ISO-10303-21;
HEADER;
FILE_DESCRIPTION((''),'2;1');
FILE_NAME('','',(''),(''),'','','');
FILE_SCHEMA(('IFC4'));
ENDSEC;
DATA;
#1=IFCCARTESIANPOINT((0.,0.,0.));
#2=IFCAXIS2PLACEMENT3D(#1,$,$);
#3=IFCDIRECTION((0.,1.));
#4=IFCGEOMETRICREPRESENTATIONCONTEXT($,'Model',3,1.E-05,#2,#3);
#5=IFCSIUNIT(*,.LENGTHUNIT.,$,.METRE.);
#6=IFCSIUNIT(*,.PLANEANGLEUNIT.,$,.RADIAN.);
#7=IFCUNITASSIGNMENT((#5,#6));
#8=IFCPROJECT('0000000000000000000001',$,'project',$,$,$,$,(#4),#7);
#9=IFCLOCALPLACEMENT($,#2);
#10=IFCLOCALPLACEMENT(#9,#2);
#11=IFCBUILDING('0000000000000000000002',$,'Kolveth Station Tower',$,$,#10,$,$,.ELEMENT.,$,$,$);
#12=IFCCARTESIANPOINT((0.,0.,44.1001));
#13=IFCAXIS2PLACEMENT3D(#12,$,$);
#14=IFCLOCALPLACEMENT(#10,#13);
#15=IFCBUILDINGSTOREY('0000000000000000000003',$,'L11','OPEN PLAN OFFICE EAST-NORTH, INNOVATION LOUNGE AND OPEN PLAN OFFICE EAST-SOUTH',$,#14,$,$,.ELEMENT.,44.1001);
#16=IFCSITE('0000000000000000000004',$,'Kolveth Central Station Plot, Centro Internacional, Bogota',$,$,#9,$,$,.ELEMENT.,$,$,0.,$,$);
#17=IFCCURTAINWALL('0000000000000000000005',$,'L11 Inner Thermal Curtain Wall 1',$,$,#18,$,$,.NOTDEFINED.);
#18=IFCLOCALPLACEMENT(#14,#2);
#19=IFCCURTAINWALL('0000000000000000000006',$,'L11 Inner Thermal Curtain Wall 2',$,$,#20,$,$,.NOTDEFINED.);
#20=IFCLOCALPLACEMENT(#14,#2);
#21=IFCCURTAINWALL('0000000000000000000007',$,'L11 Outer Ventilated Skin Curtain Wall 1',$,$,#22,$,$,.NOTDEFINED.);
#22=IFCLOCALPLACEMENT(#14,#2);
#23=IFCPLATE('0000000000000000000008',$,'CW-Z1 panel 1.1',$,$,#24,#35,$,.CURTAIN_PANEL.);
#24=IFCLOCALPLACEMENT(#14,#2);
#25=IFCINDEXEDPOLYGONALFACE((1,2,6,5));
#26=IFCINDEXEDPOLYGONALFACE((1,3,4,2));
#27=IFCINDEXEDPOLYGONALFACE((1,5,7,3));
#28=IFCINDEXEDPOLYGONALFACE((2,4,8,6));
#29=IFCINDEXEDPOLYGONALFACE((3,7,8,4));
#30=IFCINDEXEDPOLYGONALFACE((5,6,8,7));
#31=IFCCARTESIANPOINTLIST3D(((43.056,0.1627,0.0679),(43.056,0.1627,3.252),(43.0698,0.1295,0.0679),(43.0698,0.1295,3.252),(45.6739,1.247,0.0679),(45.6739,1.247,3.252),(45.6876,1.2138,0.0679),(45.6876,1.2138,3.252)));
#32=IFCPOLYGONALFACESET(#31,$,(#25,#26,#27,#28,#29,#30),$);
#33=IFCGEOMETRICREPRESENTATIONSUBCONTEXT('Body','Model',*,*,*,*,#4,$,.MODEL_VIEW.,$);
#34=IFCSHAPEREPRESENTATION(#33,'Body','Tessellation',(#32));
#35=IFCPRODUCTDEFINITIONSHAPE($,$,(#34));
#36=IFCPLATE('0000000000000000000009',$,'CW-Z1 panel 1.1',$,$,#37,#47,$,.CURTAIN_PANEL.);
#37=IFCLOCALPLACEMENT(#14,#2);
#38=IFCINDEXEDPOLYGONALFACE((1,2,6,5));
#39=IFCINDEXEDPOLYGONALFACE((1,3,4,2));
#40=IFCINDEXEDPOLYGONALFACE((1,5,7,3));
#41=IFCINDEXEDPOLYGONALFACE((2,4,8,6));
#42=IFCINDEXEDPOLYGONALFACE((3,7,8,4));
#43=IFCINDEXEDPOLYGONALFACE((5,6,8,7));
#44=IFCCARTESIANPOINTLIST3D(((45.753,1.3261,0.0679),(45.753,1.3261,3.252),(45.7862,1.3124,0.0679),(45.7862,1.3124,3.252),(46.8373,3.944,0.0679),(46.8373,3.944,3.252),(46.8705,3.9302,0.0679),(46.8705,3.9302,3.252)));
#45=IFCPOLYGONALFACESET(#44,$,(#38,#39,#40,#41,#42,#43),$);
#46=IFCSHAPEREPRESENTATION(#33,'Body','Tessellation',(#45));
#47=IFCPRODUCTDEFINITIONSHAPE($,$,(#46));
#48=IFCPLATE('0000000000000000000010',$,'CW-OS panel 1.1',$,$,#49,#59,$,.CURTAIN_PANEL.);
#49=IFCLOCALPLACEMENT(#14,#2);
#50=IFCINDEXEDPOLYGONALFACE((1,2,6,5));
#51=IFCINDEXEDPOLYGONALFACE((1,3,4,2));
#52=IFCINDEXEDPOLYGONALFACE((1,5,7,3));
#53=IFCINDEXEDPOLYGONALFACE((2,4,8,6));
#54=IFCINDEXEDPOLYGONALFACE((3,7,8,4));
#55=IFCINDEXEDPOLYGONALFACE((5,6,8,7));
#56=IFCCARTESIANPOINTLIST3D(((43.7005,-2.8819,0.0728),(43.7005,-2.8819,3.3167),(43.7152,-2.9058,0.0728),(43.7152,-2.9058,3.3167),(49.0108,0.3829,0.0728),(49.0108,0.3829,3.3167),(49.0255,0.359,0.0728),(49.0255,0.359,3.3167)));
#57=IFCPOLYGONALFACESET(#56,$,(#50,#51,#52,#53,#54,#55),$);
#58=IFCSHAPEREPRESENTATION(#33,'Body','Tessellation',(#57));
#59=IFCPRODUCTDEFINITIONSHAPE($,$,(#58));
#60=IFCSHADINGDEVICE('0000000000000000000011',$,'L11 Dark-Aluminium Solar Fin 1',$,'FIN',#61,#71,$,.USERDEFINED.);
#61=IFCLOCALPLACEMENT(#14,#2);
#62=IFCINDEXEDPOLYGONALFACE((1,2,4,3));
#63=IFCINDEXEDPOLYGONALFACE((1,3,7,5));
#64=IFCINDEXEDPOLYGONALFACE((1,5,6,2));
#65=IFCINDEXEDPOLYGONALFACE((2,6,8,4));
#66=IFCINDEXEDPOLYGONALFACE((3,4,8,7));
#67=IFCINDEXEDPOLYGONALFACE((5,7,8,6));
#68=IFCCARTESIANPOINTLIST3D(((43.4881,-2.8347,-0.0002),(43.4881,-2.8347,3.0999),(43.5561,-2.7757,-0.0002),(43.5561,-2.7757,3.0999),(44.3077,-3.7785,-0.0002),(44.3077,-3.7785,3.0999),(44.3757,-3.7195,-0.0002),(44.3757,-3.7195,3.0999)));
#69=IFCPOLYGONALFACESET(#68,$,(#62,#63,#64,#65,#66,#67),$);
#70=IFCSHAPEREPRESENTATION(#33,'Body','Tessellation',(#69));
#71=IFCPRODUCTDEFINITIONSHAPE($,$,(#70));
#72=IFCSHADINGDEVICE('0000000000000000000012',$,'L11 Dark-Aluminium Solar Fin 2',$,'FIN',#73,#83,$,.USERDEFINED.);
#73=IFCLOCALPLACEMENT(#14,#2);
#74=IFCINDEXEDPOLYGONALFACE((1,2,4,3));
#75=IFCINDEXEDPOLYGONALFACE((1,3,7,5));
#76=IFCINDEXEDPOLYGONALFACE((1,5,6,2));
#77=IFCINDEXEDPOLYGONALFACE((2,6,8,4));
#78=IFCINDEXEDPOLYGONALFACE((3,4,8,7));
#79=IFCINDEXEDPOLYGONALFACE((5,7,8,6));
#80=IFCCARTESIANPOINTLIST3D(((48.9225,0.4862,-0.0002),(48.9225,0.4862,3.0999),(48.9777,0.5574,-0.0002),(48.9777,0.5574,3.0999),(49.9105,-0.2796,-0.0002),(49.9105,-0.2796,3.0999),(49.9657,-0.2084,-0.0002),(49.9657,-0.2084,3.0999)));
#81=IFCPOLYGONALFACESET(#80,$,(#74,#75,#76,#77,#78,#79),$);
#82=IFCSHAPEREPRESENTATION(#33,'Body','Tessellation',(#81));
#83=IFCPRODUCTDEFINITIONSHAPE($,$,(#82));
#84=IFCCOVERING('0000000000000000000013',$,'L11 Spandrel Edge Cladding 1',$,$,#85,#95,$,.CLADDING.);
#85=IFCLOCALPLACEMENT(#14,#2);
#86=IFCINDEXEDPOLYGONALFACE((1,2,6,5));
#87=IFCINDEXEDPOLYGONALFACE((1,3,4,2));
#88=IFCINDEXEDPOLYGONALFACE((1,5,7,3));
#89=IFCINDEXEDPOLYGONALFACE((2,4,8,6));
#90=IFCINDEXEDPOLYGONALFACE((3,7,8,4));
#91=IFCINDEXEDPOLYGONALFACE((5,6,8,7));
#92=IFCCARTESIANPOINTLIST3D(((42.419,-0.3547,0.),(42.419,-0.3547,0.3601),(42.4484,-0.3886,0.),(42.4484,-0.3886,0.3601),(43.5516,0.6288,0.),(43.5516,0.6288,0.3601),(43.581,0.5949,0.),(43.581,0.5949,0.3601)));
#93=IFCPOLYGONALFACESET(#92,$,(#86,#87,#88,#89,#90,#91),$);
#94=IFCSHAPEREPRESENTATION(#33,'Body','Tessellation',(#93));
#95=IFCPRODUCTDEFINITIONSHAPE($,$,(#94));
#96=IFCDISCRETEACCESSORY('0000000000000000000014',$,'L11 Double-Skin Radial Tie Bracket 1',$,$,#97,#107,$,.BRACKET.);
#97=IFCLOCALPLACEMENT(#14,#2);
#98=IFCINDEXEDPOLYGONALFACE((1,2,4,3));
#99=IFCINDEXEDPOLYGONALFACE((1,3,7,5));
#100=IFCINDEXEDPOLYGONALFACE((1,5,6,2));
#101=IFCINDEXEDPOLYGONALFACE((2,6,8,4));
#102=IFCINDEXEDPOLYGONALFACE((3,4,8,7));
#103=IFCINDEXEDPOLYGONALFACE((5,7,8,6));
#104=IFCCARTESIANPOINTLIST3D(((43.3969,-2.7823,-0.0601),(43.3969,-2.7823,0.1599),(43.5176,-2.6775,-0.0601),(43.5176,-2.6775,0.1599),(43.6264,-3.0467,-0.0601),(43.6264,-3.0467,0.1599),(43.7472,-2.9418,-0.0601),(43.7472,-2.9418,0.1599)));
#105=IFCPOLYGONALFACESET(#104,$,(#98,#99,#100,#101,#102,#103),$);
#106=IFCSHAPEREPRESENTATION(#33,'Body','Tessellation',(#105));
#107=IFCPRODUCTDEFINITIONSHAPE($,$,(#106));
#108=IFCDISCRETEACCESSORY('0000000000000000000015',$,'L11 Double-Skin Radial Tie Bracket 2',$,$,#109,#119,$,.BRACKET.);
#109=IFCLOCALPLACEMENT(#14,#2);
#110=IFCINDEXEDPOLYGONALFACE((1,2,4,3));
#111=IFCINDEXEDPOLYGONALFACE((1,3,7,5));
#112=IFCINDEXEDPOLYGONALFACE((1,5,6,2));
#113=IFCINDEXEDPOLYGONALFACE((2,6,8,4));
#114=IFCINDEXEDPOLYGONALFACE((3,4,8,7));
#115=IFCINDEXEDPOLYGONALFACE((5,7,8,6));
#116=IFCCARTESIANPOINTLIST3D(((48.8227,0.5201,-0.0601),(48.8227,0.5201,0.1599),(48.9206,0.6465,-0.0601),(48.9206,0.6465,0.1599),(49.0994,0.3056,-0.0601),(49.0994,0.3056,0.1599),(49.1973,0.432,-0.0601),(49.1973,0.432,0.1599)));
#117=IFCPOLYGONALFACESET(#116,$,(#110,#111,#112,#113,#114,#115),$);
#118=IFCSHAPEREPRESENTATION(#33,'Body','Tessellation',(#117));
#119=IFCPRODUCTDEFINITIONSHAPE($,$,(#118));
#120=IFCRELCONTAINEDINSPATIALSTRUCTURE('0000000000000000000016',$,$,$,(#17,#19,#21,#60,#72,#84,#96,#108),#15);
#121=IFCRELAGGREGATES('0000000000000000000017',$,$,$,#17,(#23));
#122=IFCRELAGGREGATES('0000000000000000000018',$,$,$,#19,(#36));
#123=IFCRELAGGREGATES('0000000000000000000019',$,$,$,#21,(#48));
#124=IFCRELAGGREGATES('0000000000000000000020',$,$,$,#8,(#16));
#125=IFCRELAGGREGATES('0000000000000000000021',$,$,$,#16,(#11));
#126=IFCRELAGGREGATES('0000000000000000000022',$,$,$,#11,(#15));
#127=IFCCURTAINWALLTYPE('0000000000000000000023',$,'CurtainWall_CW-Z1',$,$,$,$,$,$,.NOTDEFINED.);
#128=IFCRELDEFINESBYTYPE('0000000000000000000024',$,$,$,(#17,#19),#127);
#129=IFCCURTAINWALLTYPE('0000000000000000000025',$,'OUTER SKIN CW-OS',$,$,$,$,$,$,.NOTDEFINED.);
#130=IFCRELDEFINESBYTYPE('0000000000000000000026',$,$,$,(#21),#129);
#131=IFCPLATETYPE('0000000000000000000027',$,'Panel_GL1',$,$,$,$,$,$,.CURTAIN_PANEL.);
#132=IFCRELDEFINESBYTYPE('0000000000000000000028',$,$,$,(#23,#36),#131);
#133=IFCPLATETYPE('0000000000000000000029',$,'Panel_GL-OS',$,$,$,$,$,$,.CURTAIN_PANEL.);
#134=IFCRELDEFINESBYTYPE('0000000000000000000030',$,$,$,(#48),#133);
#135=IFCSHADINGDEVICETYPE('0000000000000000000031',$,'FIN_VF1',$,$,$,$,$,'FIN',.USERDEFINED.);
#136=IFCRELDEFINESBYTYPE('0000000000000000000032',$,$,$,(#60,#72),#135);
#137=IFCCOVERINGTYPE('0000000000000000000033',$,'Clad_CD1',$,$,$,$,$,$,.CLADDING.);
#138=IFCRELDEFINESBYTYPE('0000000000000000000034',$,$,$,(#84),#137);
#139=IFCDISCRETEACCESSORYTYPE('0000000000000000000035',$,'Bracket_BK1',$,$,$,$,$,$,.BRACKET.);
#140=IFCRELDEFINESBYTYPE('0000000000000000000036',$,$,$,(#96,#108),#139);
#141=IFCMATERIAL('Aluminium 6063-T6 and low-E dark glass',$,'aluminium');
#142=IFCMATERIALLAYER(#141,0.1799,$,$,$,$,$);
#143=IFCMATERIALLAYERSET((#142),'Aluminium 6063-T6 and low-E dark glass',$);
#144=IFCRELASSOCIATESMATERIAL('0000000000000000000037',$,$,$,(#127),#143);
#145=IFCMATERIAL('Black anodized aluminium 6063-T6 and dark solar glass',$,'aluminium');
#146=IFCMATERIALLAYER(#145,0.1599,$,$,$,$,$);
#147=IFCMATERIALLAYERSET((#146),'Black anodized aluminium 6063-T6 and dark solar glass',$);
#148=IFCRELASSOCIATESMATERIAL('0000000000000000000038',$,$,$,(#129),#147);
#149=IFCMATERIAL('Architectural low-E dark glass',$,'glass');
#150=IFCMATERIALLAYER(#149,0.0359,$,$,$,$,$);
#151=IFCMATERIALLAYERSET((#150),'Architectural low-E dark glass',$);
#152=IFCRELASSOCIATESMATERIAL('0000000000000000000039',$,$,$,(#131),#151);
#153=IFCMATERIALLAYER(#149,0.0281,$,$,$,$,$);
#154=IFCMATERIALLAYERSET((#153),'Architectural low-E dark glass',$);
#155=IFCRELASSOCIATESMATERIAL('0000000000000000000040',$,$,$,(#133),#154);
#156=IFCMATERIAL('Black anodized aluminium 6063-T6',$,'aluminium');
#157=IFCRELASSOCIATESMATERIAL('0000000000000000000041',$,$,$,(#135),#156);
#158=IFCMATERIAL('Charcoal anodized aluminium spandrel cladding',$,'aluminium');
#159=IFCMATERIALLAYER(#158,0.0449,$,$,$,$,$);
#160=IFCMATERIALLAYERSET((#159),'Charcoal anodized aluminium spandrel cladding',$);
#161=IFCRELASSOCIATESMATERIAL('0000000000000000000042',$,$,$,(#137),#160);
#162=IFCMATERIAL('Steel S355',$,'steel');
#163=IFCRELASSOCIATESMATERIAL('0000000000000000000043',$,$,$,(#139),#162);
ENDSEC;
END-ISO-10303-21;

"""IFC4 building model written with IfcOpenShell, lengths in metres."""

from ifc_helpers import new_model, si_unit, direction, frame, origin, origin_2d, place, context, subcontext, project, spatial, rectangle, extrude, source, transform, mapped, material, layer, layer_set, type_object, element, aggregate, save


model = new_model("IFC4")

# Units and contexts
model_context = context("Model", 3, precision=1e-05, world=origin(), true_north=direction((0.0, 1.0)))
body_context = subcontext(model_context, "Body", "Model", "MODEL_VIEW")
ifc_project = project(units=[si_unit("LENGTHUNIT", "METRE"), si_unit("PLANEANGLEUNIT", "RADIAN")], contexts=[model_context])

# Site, building, storey
site_placement = place(None, origin())
site = spatial("IfcSite", under=ifc_project, at=site_placement, Name="Kolveth Central Station Plot, Centro Internacional, Bogota", CompositionType="ELEMENT", RefElevation=0.0)
building_placement = place(site_placement, origin())
building = spatial("IfcBuilding", under=site, at=building_placement, Name="Kolveth Station Tower", CompositionType="ELEMENT")
storey_placement = place(building_placement, frame((0.0, 0.0, 44.1001)))
storey = spatial("IfcBuildingStorey", under=building, at=storey_placement, Name="L11", Description="OPEN PLAN OFFICE EAST-NORTH, INNOVATION LOUNGE AND OPEN PLAN OFFICE EAST-SOUTH", CompositionType="ELEMENT", Elevation=44.1001)

# Shared definitions
ifc_material_1 = material(Name="Steel S355", Category="steel")

# Curtain walls
ifc_material_2 = material(Name="Aluminium 6063-T6 and low-E dark glass", Category="aluminium")
ifc_layer_1 = layer(ifc_material_2, 0.1799)
ifc_layer_set_1 = layer_set([ifc_layer_1], Name="Aluminium 6063-T6 and low-E dark glass")
curtain_wall_type_1 = type_object("IfcCurtainWallType", Name="CurtainWall_CW-Z1", PredefinedType="NOTDEFINED", material=ifc_layer_set_1)
curtain_wall_1_placement = place(storey_placement, origin())
curtain_wall_1 = element("IfcCurtainWall", 1, at=curtain_wall_1_placement, inside=storey, type_object=curtain_wall_type_1, Name="L11 Inner Thermal Curtain Wall 1", PredefinedType="NOTDEFINED")
ifc_material_3 = material(Name="Black anodized aluminium 6063-T6", Category="aluminium")
curtain_wall_2_placement = place(storey_placement, origin())
curtain_wall_2 = element("IfcCurtainWall", 2, at=curtain_wall_2_placement, inside=storey, type_object=curtain_wall_type_1, Name="L11 Inner Thermal Curtain Wall 2", PredefinedType="NOTDEFINED")
ifc_material_4 = material(Name="Black anodized aluminium 6063-T6 and dark solar glass", Category="aluminium")
ifc_layer_2 = layer(ifc_material_4, 0.1599)
ifc_layer_set_2 = layer_set([ifc_layer_2], Name="Black anodized aluminium 6063-T6 and dark solar glass")
curtain_wall_type_2 = type_object("IfcCurtainWallType", Name="OUTER SKIN CW-OS", PredefinedType="NOTDEFINED", material=ifc_layer_set_2)
curtain_wall_3_placement = place(storey_placement, origin())
curtain_wall_3 = element("IfcCurtainWall", 3, at=curtain_wall_3_placement, inside=storey, type_object=curtain_wall_type_2, Name="L11 Outer Ventilated Skin Curtain Wall 1", PredefinedType="NOTDEFINED")

# Plates
ifc_material_5 = material(Name="Architectural low-E dark glass", Category="glass")
ifc_layer_3 = layer(ifc_material_5, 0.0359)
ifc_layer_set_3 = layer_set([ifc_layer_3], Name="Architectural low-E dark glass")
plate_type_1 = type_object("IfcPlateType", Name="Panel_GL1", PredefinedType="CURTAIN_PANEL", material=ifc_layer_set_3)
shared_shape_1 = source(origin(), body_context, "Body", "SweptSolid", [
    extrude(rectangle(XDim=2.8335, YDim=0.0359, at=origin_2d()), origin(), (0.0, 0.0, 1.0), 3.1841),
])
plate_1_placement = place(storey_placement, frame((44.3718, 0.6882, 0.0679), z_axis=(0.0, 0.0, 1.0), x_axis=(0.923884, 0.382673, 0.0)))
plate_1 = element("IfcPlate", 4, at=plate_1_placement, type_object=plate_type_1, Name="CW-Z1 panel 1.1", PredefinedType="CURTAIN_PANEL", context=body_context, shape_type="MappedRepresentation", body=[
    mapped(shared_shape_1, transform((0.0, 0.0, 0.0), x_axis=(1.0, 0.0, 0.0), y_axis=(0.0, 1.0, 0.0), z_axis=(0.0, 0.0, 1.0), scale=1.0)),
])
aggregate(curtain_wall_1, [plate_1])
plate_2_placement = place(storey_placement, frame((46.3118, 2.6282, 0.0679), z_axis=(0.0, 0.0, 1.0), x_axis=(0.382673, 0.923884, 0.0)))
plate_2 = element("IfcPlate", 5, at=plate_2_placement, type_object=plate_type_1, Name="CW-Z1 panel 1.1", PredefinedType="CURTAIN_PANEL", context=body_context, shape_type="MappedRepresentation", body=[
    mapped(shared_shape_1, transform((0.0, 0.0, 0.0), x_axis=(1.0, 0.0, 0.0), y_axis=(0.0, 1.0, 0.0), z_axis=(0.0, 0.0, 1.0), scale=1.0)),
])
aggregate(curtain_wall_2, [plate_2])
ifc_layer_4 = layer(ifc_material_5, 0.0281)
ifc_layer_set_4 = layer_set([ifc_layer_4], Name="Architectural low-E dark glass")
plate_type_2 = type_object("IfcPlateType", Name="Panel_GL-OS", PredefinedType="CURTAIN_PANEL", material=ifc_layer_set_4)
shared_shape_2 = source(origin(), body_context, "Body", "SweptSolid", [
    extrude(rectangle(XDim=6.2336, YDim=0.0281, at=origin_2d()), origin(), (0.0, 0.0, 1.0), 3.2439),
])
plate_3_placement = place(storey_placement, frame((46.363, -1.2615, 0.0728), z_axis=(0.0, 0.0, 1.0), x_axis=(0.851881, 0.523736, 0.0)))
plate_3 = element("IfcPlate", 6, at=plate_3_placement, type_object=plate_type_2, Name="CW-OS panel 1.1", PredefinedType="CURTAIN_PANEL", context=body_context, shape_type="MappedRepresentation", body=[
    mapped(shared_shape_2, transform((0.0, 0.0, 0.0), x_axis=(1.0, 0.0, 0.0), y_axis=(0.0, 1.0, 0.0), z_axis=(0.0, 0.0, 1.0), scale=1.0)),
])
aggregate(curtain_wall_3, [plate_3])

# Shading devices
shading_device_type = type_object("IfcShadingDeviceType", Name="FIN_VF1", ElementType="FIN", PredefinedType="USERDEFINED", material=ifc_material_3)
shared_shape_3 = source(origin(), body_context, "Body", "SweptSolid", [
    extrude(rectangle(XDim=1.25, YDim=0.0901, at=origin_2d()), origin(), (0.0, 0.0, 1.0), 3.1001),
])
for number, where, z_axis, x_axis, name in (
    (7, (43.9319, -3.2771, -0.0002), (0.0, 0.0, 1.0), (0.655664, -0.755053, 0.0), "L11 Dark-Aluminium Solar Fin 1"),
    (8, (49.4441, 0.1389, -0.0002), (0.0, 0.0, 1.0), (0.790369, -0.612631, 0.0), "L11 Dark-Aluminium Solar Fin 2"),
):
    element("IfcShadingDevice", number, at=place(storey_placement, frame(where, z_axis=z_axis, x_axis=x_axis)), inside=storey, type_object=shading_device_type, Name=name, ObjectType="FIN", PredefinedType="USERDEFINED", context=body_context, shape_type="MappedRepresentation", body=[
        mapped(shared_shape_3, transform((0.0, 0.0, 0.0), x_axis=(1.0, 0.0, 0.0), y_axis=(0.0, 1.0, 0.0), z_axis=(0.0, 0.0, 1.0), scale=1.0)),
    ])

# Covering
ifc_material_6 = material(Name="Charcoal anodized aluminium spandrel cladding", Category="aluminium")
ifc_layer_5 = layer(ifc_material_6, 0.0449)
ifc_layer_set_5 = layer_set([ifc_layer_5], Name="Charcoal anodized aluminium spandrel cladding")
covering_type = type_object("IfcCoveringType", Name="Clad_CD1", PredefinedType="CLADDING", material=ifc_layer_set_5)
shared_shape_4 = source(origin(), body_context, "Body", "SweptSolid", [
    extrude(rectangle(XDim=1.5, YDim=0.0449, at=origin_2d()), origin(), (0.0, 0.0, 1.0), 0.3601),
])
covering_placement = place(storey_placement, frame((43.0, 0.1201, 0.0), z_axis=(0.0, 0.0, 1.0), x_axis=(0.755053, 0.655664, 0.0)))
element("IfcCovering", 9, at=covering_placement, inside=storey, type_object=covering_type, Name="L11 Spandrel Edge Cladding 1", PredefinedType="CLADDING", context=body_context, shape_type="MappedRepresentation", body=[
    mapped(shared_shape_4, transform((0.0, 0.0, 0.0), x_axis=(1.0, 0.0, 0.0), y_axis=(0.0, 1.0, 0.0), z_axis=(0.0, 0.0, 1.0), scale=1.0)),
])

# Discrete accessories
discrete_accessory_type = type_object("IfcDiscreteAccessoryType", Name="Bracket_BK1", PredefinedType="BRACKET", material=ifc_material_1)
shared_shape_5 = source(origin(), body_context, "Body", "SweptSolid", [
    extrude(rectangle(XDim=0.3501, YDim=0.1599, at=origin_2d()), origin(), (0.0, 0.0, 1.0), 0.22),
])
for number, where, z_axis, x_axis, name in (
    (10, (43.572, -2.8621, -0.0601), (0.0, 0.0, 1.0), (0.655664, -0.755053, 0.0), "L11 Double-Skin Radial Tie Bracket 1"),
    (11, (49.01, 0.4761, -0.0601), (0.0, 0.0, 1.0), (0.790369, -0.612631, 0.0), "L11 Double-Skin Radial Tie Bracket 2"),
):
    element("IfcDiscreteAccessory", number, at=place(storey_placement, frame(where, z_axis=z_axis, x_axis=x_axis)), inside=storey, type_object=discrete_accessory_type, Name=name, PredefinedType="BRACKET", context=body_context, shape_type="MappedRepresentation", body=[
        mapped(shared_shape_5, transform((0.0, 0.0, 0.0), x_axis=(1.0, 0.0, 0.0), y_axis=(0.0, 1.0, 0.0), z_axis=(0.0, 0.0, 1.0), scale=1.0)),
    ])

save(model, "model.ifc")
